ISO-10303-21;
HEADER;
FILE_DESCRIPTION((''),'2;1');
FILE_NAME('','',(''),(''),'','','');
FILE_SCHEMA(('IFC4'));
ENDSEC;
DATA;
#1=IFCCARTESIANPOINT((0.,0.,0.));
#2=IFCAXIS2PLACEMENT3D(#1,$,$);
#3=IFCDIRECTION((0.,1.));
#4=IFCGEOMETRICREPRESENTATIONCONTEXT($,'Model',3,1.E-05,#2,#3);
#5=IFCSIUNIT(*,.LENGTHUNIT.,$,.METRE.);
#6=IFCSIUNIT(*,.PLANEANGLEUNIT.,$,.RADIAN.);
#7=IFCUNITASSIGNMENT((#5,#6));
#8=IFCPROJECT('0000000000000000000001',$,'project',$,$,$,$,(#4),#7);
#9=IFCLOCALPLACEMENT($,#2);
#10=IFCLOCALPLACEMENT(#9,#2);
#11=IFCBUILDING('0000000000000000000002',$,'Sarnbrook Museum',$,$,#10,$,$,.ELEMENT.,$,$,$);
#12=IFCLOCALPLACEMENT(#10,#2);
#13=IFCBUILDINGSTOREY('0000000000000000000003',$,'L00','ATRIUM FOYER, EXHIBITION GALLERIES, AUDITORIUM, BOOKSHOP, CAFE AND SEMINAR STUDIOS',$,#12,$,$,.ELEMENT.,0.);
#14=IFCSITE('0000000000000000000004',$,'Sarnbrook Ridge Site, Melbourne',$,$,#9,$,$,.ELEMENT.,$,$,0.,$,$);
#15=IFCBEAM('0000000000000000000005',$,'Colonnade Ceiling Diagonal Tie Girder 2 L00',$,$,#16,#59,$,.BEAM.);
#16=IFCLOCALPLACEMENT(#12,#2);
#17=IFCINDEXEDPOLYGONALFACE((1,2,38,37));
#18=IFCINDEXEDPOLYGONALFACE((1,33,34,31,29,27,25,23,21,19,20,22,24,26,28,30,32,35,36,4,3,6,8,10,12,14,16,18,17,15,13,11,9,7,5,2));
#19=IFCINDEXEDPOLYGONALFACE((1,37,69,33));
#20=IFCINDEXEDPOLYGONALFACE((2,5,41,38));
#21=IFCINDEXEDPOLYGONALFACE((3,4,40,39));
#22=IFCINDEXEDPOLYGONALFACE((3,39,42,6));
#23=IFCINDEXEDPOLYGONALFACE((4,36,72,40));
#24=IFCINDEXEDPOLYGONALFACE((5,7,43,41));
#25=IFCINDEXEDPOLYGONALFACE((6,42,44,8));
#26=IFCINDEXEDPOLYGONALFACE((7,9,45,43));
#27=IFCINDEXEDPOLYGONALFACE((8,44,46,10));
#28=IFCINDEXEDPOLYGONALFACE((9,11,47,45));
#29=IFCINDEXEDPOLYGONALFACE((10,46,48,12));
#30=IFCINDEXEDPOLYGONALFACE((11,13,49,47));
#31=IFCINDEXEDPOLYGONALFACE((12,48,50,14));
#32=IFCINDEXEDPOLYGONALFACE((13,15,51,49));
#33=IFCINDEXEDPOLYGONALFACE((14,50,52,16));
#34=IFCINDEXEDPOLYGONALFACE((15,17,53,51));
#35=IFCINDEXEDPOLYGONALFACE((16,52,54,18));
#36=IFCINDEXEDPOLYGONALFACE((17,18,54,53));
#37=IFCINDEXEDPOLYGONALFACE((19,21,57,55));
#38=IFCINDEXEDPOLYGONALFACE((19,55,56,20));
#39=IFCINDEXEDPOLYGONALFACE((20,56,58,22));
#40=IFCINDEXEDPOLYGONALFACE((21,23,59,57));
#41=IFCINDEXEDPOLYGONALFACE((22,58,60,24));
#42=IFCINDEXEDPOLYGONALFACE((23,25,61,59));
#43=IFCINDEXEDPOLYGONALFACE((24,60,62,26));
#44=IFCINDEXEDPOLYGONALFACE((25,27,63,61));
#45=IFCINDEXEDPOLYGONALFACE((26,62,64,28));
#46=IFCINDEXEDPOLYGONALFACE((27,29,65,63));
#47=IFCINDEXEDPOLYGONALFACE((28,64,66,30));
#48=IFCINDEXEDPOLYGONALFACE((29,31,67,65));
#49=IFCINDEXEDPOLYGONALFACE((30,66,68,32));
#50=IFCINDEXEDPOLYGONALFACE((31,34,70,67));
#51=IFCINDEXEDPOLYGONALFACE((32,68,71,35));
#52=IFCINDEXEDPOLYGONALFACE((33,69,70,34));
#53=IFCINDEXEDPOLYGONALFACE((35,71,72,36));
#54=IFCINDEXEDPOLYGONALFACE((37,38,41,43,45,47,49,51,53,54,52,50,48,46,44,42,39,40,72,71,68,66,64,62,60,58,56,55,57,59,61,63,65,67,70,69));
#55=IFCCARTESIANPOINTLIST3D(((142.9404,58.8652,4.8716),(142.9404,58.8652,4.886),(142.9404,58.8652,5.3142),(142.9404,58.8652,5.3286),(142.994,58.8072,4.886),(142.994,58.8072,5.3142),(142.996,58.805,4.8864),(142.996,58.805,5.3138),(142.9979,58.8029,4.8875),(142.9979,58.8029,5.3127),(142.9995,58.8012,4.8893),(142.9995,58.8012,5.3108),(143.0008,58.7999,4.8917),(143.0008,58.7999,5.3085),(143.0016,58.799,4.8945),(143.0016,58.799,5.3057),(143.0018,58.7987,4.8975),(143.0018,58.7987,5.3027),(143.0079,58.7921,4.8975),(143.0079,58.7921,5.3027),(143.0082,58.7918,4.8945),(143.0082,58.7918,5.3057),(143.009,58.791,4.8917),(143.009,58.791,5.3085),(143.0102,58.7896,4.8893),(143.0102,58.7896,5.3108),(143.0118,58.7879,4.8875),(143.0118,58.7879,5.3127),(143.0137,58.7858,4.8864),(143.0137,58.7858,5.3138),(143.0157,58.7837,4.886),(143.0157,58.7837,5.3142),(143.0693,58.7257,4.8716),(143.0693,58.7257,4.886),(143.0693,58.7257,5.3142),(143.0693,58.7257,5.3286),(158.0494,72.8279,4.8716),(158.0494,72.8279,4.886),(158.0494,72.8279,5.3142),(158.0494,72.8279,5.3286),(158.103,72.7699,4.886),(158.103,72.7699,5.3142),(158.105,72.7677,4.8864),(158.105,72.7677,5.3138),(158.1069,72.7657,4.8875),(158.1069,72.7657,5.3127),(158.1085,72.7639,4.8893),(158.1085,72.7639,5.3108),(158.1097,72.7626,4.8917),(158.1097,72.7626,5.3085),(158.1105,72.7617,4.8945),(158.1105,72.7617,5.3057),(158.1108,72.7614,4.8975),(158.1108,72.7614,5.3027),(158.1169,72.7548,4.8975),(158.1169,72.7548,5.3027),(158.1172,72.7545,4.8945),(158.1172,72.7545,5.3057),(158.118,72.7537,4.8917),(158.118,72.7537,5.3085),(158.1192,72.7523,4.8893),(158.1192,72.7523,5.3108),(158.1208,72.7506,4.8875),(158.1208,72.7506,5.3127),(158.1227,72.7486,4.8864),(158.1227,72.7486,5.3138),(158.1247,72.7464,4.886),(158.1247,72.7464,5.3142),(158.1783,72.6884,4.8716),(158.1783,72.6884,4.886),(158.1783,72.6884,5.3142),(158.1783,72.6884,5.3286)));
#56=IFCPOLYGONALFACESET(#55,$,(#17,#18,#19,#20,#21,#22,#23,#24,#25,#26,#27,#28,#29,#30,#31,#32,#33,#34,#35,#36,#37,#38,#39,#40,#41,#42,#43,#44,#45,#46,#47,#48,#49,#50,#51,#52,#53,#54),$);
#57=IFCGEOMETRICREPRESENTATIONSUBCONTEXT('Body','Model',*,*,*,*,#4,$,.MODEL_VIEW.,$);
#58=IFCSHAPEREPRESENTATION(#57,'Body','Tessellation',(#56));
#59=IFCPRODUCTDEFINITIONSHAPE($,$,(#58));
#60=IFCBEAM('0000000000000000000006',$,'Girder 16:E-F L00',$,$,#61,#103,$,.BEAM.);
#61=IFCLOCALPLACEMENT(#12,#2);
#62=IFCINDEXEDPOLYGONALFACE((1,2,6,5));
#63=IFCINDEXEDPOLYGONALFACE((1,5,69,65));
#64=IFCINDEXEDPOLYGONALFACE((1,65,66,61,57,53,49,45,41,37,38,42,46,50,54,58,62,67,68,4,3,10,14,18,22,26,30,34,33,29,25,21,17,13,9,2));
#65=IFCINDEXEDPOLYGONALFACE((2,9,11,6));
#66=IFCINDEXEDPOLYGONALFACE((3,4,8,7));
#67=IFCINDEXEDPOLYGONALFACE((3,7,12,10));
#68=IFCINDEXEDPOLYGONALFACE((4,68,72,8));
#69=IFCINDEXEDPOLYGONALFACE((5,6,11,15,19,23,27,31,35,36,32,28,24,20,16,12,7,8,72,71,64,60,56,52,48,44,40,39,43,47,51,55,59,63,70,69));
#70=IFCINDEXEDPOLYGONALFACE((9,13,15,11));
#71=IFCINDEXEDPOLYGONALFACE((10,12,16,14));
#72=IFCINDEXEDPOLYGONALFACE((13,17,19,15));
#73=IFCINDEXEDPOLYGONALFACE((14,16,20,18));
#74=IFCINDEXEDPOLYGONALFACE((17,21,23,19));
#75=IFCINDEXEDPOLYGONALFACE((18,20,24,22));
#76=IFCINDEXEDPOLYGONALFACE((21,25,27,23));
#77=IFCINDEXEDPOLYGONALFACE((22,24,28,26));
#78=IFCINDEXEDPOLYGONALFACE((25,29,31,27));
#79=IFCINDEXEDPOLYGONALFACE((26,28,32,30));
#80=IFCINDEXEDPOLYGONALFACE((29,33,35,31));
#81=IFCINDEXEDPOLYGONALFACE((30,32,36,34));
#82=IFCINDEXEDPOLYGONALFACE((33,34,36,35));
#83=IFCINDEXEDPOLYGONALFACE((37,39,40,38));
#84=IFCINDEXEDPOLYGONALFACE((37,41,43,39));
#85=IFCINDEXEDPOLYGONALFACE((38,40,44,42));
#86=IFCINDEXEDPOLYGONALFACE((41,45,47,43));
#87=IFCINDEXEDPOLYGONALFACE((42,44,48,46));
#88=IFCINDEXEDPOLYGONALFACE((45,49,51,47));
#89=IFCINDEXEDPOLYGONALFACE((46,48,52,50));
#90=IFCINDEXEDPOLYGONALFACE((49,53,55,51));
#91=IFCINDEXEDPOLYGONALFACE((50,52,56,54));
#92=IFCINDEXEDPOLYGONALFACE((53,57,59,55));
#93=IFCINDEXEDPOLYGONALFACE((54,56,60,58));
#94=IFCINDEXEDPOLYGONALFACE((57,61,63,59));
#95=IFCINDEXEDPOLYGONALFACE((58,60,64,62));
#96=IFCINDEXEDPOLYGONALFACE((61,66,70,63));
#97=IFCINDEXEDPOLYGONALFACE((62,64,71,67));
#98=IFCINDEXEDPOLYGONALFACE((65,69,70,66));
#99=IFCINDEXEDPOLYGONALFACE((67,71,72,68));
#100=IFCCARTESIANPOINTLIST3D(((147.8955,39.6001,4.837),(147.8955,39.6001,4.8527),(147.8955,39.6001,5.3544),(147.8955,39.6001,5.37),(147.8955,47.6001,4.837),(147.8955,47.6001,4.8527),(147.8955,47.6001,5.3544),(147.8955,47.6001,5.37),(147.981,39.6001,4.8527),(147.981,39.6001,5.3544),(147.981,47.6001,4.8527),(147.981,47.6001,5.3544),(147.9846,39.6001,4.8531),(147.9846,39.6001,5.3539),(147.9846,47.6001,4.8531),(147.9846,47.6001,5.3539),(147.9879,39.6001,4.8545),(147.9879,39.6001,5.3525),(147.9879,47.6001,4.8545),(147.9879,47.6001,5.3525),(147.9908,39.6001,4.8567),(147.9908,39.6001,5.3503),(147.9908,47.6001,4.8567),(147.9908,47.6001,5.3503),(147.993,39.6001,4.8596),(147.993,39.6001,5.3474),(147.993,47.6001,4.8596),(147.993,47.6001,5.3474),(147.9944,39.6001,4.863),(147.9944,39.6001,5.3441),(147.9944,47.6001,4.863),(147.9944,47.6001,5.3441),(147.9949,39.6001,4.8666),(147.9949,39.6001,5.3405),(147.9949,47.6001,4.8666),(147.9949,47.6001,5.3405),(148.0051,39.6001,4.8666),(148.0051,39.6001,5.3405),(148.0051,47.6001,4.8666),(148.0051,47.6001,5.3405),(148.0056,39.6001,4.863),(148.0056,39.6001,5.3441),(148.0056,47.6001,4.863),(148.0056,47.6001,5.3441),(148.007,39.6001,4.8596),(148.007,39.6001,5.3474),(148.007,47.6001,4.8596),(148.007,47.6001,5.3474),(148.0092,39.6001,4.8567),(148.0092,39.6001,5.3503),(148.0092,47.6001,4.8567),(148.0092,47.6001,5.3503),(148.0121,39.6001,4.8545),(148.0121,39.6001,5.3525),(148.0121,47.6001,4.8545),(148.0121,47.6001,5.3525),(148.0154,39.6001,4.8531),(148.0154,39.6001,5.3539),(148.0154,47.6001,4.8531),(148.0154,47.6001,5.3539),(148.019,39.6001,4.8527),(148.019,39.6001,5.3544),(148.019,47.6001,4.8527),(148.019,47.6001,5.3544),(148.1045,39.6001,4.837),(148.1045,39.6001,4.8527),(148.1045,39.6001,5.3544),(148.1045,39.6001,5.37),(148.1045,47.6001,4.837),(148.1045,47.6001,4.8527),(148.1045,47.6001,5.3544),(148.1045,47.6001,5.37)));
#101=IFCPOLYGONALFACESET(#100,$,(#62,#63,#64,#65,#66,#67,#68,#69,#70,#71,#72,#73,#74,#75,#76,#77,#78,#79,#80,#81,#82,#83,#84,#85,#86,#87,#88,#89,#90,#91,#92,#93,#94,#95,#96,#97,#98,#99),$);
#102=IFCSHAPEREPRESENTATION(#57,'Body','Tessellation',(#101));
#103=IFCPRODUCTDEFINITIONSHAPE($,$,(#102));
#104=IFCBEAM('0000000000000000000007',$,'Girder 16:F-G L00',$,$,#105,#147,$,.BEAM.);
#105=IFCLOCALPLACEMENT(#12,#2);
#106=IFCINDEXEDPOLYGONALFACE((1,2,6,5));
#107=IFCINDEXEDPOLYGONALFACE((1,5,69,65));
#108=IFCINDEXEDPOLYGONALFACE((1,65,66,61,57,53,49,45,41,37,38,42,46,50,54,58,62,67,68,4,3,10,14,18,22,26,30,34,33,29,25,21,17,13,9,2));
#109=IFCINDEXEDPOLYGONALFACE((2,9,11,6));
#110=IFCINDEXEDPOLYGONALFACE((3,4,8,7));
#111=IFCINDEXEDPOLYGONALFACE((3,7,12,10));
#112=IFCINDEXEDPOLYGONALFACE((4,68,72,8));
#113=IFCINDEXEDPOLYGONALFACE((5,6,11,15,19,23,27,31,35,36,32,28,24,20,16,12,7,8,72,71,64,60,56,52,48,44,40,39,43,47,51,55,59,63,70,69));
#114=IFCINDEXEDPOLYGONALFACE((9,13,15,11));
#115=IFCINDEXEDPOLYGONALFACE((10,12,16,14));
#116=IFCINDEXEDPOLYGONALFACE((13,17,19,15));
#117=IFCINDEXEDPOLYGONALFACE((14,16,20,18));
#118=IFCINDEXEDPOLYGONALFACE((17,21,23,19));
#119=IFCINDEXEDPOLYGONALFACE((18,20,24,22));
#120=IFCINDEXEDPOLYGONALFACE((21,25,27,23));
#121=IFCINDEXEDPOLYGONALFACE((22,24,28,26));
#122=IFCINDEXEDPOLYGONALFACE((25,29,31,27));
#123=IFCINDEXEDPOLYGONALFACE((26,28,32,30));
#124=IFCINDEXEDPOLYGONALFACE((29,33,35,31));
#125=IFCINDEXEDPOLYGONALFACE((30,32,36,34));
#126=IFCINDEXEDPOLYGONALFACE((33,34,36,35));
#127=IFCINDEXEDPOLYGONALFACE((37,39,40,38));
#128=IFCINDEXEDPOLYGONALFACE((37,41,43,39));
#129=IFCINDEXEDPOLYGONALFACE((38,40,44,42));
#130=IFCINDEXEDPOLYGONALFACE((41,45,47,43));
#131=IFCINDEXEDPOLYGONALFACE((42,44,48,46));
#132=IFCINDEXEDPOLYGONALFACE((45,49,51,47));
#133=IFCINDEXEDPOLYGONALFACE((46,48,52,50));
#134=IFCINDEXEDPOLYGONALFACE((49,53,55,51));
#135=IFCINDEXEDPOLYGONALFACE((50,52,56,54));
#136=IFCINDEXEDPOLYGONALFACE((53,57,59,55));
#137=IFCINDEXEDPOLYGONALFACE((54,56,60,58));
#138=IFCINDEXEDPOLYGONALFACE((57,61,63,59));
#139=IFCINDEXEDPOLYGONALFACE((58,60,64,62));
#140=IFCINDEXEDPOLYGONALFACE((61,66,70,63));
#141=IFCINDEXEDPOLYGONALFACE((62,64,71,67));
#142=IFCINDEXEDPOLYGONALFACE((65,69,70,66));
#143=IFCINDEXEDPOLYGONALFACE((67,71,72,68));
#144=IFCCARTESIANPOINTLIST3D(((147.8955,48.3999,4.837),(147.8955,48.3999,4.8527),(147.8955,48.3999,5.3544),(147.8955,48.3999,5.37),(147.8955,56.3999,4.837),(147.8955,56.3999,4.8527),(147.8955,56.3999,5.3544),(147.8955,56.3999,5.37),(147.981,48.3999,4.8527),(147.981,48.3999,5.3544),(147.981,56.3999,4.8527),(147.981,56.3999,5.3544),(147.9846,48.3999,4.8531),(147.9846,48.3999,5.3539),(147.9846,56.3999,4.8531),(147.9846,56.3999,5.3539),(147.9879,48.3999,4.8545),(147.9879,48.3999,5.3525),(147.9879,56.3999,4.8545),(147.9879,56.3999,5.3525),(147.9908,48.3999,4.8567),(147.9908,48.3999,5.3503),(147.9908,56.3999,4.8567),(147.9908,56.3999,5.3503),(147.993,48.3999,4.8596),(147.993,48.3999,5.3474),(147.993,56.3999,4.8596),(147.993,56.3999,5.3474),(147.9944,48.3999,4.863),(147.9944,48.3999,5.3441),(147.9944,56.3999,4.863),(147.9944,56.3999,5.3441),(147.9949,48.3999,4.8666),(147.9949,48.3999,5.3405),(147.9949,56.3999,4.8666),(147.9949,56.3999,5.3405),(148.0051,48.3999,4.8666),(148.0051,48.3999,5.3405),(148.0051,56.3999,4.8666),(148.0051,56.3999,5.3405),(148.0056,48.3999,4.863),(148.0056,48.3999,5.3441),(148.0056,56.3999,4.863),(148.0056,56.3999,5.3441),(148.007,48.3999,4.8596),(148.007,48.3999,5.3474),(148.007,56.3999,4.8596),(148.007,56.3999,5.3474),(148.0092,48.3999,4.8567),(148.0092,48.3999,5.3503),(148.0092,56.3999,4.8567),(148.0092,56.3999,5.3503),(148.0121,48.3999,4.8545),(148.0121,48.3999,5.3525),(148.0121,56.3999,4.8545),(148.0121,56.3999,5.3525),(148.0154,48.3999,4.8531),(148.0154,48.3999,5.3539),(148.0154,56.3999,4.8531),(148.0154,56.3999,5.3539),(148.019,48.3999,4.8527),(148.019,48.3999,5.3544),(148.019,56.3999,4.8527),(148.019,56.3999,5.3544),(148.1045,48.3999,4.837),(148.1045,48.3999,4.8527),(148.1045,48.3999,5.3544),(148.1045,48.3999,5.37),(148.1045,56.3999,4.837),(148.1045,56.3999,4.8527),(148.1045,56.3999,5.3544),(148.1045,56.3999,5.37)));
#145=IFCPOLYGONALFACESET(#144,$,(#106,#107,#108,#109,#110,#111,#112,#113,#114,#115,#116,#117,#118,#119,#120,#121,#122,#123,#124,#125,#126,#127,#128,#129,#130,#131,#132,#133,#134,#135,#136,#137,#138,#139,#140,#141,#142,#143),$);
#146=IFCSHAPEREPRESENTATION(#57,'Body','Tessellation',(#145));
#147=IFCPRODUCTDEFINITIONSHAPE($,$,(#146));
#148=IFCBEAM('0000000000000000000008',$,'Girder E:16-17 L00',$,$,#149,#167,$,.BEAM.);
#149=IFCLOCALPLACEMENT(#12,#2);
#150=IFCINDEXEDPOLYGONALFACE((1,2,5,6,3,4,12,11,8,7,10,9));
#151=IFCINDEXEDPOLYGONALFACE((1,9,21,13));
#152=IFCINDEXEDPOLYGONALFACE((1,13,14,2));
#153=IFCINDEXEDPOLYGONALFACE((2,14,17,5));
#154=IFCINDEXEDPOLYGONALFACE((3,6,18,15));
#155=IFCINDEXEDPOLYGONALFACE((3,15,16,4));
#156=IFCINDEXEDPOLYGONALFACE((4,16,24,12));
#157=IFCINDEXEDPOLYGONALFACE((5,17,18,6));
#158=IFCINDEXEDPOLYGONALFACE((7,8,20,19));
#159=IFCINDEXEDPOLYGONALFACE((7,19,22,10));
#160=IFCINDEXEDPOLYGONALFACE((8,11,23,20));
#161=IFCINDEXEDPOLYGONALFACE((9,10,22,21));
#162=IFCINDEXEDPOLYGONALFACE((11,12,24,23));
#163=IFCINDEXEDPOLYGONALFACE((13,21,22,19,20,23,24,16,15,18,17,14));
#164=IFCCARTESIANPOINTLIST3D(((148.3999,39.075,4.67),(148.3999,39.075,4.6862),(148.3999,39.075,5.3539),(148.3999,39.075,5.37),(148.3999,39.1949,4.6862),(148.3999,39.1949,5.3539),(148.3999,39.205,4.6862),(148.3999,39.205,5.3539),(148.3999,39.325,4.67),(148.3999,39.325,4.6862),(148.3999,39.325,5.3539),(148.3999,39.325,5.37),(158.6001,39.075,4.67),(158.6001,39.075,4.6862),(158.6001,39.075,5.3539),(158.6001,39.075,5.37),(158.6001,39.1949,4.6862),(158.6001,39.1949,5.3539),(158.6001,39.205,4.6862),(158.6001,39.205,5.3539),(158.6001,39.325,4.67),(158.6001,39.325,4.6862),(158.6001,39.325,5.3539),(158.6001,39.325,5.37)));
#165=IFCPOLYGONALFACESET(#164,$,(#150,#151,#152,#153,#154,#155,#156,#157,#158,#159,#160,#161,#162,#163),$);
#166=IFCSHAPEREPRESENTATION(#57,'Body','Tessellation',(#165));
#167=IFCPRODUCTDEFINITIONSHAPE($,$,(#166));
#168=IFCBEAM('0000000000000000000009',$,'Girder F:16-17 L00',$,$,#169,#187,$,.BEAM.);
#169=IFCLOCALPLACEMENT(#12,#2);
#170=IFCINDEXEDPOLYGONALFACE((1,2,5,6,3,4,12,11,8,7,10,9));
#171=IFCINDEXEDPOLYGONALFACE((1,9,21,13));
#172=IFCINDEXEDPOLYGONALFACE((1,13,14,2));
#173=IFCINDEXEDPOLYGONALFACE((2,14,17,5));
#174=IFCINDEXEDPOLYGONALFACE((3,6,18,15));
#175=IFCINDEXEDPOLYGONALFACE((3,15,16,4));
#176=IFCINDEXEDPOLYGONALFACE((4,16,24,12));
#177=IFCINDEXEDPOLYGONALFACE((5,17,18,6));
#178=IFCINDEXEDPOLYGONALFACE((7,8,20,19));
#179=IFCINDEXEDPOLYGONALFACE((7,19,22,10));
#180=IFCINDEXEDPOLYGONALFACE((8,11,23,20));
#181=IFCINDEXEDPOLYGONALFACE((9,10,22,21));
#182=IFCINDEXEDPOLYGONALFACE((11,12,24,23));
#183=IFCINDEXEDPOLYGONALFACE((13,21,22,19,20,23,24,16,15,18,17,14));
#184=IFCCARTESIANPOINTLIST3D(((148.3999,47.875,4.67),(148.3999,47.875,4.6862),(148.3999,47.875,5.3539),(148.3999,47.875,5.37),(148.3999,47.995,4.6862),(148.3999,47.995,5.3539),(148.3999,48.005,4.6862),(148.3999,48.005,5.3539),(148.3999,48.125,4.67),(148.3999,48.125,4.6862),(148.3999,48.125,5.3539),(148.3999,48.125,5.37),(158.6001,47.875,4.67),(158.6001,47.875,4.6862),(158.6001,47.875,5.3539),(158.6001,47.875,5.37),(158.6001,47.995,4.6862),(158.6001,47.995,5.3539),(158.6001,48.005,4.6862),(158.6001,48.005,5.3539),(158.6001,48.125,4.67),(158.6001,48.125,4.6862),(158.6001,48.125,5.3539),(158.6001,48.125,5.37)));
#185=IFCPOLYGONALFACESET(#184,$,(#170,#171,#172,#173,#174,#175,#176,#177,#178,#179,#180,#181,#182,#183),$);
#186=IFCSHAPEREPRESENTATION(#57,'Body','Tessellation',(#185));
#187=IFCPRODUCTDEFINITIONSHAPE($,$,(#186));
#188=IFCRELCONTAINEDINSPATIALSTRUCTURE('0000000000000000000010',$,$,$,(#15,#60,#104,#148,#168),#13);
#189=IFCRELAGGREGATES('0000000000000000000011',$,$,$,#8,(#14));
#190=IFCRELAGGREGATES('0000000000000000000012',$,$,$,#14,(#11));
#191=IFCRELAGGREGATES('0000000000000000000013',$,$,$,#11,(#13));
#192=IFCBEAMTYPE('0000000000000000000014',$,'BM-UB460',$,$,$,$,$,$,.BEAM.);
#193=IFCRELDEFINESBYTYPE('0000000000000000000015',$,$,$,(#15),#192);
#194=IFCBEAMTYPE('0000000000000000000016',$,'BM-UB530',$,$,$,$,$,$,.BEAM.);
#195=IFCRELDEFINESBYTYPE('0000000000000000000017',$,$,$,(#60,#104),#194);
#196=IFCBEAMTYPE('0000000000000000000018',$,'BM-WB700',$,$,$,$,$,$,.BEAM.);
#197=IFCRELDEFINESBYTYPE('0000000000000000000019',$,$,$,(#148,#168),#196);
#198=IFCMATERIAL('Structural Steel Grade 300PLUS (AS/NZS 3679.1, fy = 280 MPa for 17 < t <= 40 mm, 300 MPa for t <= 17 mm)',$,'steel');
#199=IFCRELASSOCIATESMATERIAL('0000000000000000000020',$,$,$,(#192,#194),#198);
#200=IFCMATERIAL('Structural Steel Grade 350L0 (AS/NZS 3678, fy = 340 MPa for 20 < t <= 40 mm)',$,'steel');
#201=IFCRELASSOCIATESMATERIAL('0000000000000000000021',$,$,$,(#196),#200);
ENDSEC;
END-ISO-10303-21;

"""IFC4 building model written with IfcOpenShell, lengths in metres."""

from ifc_helpers import new_model, si_unit, direction, frame, origin, origin_2d, place, context, subcontext, project, spatial, i_section, extrude, material, material_profile, profile_set, type_object, element, save


model = new_model("IFC4")

# Units and contexts
model_context = context("Model", 3, precision=1e-05, world=origin(), true_north=direction((0.0, 1.0)))
body_context = subcontext(model_context, "Body", "Model", "MODEL_VIEW")
ifc_project = project(units=[si_unit("LENGTHUNIT", "METRE"), si_unit("PLANEANGLEUNIT", "RADIAN")], contexts=[model_context])

# Site, building, storey
site_placement = place(None, origin())
site = spatial("IfcSite", under=ifc_project, at=site_placement, Name="Sarnbrook Ridge Site, Melbourne", CompositionType="ELEMENT", RefElevation=0.0)
building_placement = place(site_placement, origin())
building = spatial("IfcBuilding", under=site, at=building_placement, Name="Sarnbrook Museum", CompositionType="ELEMENT")
storey_placement = place(building_placement, origin())
storey = spatial("IfcBuildingStorey", under=building, at=storey_placement, Name="L00", Description="ATRIUM FOYER, EXHIBITION GALLERIES, AUDITORIUM, BOOKSHOP, CAFE AND SEMINAR STUDIOS", CompositionType="ELEMENT", Elevation=0.0)

# Beams
ifc_material_1 = material(Name="Structural Steel Grade 300PLUS (AS/NZS 3679.1, fy = 280 MPa for 17 < t <= 40 mm, 300 MPa for t <= 17 mm)", Category="steel")
ifc_material_profile_1 = material_profile(ifc_material_1, i_section(OverallWidth=0.1899, OverallDepth=0.457, WebThickness=0.009, FlangeThickness=0.0144, FilletRadius=0.0115, at=origin_2d()), Name="460UB74.6")
ifc_profile_set_1 = profile_set([ifc_material_profile_1], Name="Structural Steel Grade 300PLUS (AS/NZS 3679.1, fy = 280 MPa for 17 < t <= 40 mm, 300 MPa for t <= 17 mm)")
beam_type_1 = type_object("IfcBeamType", Name="BM-UB460", PredefinedType="BEAM", material=ifc_profile_set_1)
beam_1_placement = place(storey_placement, frame((143.0049, 58.7954, 5.1001), z_axis=(0.734416, 0.678699, 0.0), x_axis=(-0.678699, 0.734416, 0.0)))
element("IfcBeam", 1, at=beam_1_placement, inside=storey, type_object=beam_type_1, Name="Colonnade Ceiling Diagonal Tie Girder 2 L00", PredefinedType="BEAM", context=body_context, shape_type="SweptSolid", body=[
    extrude(i_section(OverallWidth=0.1899, OverallDepth=0.457, WebThickness=0.009, FlangeThickness=0.0144, FilletRadius=0.0115, at=origin_2d()), origin(), (0.0, 0.0, 1.0), 20.5728),
])
ifc_material_profile_2 = material_profile(ifc_material_1, i_section(OverallWidth=0.209, OverallDepth=0.533, WebThickness=0.0103, FlangeThickness=0.0156, FilletRadius=0.0139, at=origin_2d()), Name="530UB92.4")
ifc_profile_set_2 = profile_set([ifc_material_profile_2], Name="Structural Steel Grade 300PLUS (AS/NZS 3679.1, fy = 280 MPa for 17 < t <= 40 mm, 300 MPa for t <= 17 mm)")
beam_type_2 = type_object("IfcBeamType", Name="BM-UB530", PredefinedType="BEAM", material=ifc_profile_set_2)
for number, where, z_axis, x_axis, name in (
    (2, (148.0, 39.6001, 5.1035), (0.0, 1.0, 0.0), (-1.0, 0.0, 0.0), "Girder 16:E-F L00"),
    (3, (148.0, 48.3999, 5.1035), (0.0, 1.0, 0.0), (-1.0, 0.0, 0.0), "Girder 16:F-G L00"),
):
    element("IfcBeam", number, at=place(storey_placement, frame(where, z_axis=z_axis, x_axis=x_axis)), inside=storey, type_object=beam_type_2, Name=name, PredefinedType="BEAM", context=body_context, shape_type="SweptSolid", body=[
        extrude(i_section(OverallWidth=0.209, OverallDepth=0.533, WebThickness=0.0103, FlangeThickness=0.0156, FilletRadius=0.0139, at=origin_2d()), origin(), (0.0, 0.0, 1.0), 8.0),
    ])
ifc_material_2 = material(Name="Structural Steel Grade 350L0 (AS/NZS 3678, fy = 340 MPa for 20 < t <= 40 mm)", Category="steel")
ifc_material_profile_3 = material_profile(ifc_material_2, i_section(OverallWidth=0.25, OverallDepth=0.7, WebThickness=0.01, FlangeThickness=0.0161, at=origin_2d()), Name="700WB130")
ifc_profile_set_3 = profile_set([ifc_material_profile_3], Name="Structural Steel Grade 350L0 (AS/NZS 3678, fy = 340 MPa for 20 < t <= 40 mm)")
beam_type_3 = type_object("IfcBeamType", Name="BM-WB700", PredefinedType="BEAM", material=ifc_profile_set_3)
for number, where, z_axis, x_axis, name in (
    (4, (148.3999, 39.2, 5.02), (1.0, 0.0, 0.0), (0.0, 1.0, 0.0), "Girder E:16-17 L00"),
    (5, (148.3999, 48.0, 5.02), (1.0, 0.0, 0.0), (0.0, 1.0, 0.0), "Girder F:16-17 L00"),
):
    element("IfcBeam", number, at=place(storey_placement, frame(where, z_axis=z_axis, x_axis=x_axis)), inside=storey, type_object=beam_type_3, Name=name, PredefinedType="BEAM", context=body_context, shape_type="SweptSolid", body=[
        extrude(i_section(OverallWidth=0.25, OverallDepth=0.7, WebThickness=0.01, FlangeThickness=0.0161, at=origin_2d()), origin(), (0.0, 0.0, 1.0), 10.2002),
    ])

save(model, "model.ifc")
